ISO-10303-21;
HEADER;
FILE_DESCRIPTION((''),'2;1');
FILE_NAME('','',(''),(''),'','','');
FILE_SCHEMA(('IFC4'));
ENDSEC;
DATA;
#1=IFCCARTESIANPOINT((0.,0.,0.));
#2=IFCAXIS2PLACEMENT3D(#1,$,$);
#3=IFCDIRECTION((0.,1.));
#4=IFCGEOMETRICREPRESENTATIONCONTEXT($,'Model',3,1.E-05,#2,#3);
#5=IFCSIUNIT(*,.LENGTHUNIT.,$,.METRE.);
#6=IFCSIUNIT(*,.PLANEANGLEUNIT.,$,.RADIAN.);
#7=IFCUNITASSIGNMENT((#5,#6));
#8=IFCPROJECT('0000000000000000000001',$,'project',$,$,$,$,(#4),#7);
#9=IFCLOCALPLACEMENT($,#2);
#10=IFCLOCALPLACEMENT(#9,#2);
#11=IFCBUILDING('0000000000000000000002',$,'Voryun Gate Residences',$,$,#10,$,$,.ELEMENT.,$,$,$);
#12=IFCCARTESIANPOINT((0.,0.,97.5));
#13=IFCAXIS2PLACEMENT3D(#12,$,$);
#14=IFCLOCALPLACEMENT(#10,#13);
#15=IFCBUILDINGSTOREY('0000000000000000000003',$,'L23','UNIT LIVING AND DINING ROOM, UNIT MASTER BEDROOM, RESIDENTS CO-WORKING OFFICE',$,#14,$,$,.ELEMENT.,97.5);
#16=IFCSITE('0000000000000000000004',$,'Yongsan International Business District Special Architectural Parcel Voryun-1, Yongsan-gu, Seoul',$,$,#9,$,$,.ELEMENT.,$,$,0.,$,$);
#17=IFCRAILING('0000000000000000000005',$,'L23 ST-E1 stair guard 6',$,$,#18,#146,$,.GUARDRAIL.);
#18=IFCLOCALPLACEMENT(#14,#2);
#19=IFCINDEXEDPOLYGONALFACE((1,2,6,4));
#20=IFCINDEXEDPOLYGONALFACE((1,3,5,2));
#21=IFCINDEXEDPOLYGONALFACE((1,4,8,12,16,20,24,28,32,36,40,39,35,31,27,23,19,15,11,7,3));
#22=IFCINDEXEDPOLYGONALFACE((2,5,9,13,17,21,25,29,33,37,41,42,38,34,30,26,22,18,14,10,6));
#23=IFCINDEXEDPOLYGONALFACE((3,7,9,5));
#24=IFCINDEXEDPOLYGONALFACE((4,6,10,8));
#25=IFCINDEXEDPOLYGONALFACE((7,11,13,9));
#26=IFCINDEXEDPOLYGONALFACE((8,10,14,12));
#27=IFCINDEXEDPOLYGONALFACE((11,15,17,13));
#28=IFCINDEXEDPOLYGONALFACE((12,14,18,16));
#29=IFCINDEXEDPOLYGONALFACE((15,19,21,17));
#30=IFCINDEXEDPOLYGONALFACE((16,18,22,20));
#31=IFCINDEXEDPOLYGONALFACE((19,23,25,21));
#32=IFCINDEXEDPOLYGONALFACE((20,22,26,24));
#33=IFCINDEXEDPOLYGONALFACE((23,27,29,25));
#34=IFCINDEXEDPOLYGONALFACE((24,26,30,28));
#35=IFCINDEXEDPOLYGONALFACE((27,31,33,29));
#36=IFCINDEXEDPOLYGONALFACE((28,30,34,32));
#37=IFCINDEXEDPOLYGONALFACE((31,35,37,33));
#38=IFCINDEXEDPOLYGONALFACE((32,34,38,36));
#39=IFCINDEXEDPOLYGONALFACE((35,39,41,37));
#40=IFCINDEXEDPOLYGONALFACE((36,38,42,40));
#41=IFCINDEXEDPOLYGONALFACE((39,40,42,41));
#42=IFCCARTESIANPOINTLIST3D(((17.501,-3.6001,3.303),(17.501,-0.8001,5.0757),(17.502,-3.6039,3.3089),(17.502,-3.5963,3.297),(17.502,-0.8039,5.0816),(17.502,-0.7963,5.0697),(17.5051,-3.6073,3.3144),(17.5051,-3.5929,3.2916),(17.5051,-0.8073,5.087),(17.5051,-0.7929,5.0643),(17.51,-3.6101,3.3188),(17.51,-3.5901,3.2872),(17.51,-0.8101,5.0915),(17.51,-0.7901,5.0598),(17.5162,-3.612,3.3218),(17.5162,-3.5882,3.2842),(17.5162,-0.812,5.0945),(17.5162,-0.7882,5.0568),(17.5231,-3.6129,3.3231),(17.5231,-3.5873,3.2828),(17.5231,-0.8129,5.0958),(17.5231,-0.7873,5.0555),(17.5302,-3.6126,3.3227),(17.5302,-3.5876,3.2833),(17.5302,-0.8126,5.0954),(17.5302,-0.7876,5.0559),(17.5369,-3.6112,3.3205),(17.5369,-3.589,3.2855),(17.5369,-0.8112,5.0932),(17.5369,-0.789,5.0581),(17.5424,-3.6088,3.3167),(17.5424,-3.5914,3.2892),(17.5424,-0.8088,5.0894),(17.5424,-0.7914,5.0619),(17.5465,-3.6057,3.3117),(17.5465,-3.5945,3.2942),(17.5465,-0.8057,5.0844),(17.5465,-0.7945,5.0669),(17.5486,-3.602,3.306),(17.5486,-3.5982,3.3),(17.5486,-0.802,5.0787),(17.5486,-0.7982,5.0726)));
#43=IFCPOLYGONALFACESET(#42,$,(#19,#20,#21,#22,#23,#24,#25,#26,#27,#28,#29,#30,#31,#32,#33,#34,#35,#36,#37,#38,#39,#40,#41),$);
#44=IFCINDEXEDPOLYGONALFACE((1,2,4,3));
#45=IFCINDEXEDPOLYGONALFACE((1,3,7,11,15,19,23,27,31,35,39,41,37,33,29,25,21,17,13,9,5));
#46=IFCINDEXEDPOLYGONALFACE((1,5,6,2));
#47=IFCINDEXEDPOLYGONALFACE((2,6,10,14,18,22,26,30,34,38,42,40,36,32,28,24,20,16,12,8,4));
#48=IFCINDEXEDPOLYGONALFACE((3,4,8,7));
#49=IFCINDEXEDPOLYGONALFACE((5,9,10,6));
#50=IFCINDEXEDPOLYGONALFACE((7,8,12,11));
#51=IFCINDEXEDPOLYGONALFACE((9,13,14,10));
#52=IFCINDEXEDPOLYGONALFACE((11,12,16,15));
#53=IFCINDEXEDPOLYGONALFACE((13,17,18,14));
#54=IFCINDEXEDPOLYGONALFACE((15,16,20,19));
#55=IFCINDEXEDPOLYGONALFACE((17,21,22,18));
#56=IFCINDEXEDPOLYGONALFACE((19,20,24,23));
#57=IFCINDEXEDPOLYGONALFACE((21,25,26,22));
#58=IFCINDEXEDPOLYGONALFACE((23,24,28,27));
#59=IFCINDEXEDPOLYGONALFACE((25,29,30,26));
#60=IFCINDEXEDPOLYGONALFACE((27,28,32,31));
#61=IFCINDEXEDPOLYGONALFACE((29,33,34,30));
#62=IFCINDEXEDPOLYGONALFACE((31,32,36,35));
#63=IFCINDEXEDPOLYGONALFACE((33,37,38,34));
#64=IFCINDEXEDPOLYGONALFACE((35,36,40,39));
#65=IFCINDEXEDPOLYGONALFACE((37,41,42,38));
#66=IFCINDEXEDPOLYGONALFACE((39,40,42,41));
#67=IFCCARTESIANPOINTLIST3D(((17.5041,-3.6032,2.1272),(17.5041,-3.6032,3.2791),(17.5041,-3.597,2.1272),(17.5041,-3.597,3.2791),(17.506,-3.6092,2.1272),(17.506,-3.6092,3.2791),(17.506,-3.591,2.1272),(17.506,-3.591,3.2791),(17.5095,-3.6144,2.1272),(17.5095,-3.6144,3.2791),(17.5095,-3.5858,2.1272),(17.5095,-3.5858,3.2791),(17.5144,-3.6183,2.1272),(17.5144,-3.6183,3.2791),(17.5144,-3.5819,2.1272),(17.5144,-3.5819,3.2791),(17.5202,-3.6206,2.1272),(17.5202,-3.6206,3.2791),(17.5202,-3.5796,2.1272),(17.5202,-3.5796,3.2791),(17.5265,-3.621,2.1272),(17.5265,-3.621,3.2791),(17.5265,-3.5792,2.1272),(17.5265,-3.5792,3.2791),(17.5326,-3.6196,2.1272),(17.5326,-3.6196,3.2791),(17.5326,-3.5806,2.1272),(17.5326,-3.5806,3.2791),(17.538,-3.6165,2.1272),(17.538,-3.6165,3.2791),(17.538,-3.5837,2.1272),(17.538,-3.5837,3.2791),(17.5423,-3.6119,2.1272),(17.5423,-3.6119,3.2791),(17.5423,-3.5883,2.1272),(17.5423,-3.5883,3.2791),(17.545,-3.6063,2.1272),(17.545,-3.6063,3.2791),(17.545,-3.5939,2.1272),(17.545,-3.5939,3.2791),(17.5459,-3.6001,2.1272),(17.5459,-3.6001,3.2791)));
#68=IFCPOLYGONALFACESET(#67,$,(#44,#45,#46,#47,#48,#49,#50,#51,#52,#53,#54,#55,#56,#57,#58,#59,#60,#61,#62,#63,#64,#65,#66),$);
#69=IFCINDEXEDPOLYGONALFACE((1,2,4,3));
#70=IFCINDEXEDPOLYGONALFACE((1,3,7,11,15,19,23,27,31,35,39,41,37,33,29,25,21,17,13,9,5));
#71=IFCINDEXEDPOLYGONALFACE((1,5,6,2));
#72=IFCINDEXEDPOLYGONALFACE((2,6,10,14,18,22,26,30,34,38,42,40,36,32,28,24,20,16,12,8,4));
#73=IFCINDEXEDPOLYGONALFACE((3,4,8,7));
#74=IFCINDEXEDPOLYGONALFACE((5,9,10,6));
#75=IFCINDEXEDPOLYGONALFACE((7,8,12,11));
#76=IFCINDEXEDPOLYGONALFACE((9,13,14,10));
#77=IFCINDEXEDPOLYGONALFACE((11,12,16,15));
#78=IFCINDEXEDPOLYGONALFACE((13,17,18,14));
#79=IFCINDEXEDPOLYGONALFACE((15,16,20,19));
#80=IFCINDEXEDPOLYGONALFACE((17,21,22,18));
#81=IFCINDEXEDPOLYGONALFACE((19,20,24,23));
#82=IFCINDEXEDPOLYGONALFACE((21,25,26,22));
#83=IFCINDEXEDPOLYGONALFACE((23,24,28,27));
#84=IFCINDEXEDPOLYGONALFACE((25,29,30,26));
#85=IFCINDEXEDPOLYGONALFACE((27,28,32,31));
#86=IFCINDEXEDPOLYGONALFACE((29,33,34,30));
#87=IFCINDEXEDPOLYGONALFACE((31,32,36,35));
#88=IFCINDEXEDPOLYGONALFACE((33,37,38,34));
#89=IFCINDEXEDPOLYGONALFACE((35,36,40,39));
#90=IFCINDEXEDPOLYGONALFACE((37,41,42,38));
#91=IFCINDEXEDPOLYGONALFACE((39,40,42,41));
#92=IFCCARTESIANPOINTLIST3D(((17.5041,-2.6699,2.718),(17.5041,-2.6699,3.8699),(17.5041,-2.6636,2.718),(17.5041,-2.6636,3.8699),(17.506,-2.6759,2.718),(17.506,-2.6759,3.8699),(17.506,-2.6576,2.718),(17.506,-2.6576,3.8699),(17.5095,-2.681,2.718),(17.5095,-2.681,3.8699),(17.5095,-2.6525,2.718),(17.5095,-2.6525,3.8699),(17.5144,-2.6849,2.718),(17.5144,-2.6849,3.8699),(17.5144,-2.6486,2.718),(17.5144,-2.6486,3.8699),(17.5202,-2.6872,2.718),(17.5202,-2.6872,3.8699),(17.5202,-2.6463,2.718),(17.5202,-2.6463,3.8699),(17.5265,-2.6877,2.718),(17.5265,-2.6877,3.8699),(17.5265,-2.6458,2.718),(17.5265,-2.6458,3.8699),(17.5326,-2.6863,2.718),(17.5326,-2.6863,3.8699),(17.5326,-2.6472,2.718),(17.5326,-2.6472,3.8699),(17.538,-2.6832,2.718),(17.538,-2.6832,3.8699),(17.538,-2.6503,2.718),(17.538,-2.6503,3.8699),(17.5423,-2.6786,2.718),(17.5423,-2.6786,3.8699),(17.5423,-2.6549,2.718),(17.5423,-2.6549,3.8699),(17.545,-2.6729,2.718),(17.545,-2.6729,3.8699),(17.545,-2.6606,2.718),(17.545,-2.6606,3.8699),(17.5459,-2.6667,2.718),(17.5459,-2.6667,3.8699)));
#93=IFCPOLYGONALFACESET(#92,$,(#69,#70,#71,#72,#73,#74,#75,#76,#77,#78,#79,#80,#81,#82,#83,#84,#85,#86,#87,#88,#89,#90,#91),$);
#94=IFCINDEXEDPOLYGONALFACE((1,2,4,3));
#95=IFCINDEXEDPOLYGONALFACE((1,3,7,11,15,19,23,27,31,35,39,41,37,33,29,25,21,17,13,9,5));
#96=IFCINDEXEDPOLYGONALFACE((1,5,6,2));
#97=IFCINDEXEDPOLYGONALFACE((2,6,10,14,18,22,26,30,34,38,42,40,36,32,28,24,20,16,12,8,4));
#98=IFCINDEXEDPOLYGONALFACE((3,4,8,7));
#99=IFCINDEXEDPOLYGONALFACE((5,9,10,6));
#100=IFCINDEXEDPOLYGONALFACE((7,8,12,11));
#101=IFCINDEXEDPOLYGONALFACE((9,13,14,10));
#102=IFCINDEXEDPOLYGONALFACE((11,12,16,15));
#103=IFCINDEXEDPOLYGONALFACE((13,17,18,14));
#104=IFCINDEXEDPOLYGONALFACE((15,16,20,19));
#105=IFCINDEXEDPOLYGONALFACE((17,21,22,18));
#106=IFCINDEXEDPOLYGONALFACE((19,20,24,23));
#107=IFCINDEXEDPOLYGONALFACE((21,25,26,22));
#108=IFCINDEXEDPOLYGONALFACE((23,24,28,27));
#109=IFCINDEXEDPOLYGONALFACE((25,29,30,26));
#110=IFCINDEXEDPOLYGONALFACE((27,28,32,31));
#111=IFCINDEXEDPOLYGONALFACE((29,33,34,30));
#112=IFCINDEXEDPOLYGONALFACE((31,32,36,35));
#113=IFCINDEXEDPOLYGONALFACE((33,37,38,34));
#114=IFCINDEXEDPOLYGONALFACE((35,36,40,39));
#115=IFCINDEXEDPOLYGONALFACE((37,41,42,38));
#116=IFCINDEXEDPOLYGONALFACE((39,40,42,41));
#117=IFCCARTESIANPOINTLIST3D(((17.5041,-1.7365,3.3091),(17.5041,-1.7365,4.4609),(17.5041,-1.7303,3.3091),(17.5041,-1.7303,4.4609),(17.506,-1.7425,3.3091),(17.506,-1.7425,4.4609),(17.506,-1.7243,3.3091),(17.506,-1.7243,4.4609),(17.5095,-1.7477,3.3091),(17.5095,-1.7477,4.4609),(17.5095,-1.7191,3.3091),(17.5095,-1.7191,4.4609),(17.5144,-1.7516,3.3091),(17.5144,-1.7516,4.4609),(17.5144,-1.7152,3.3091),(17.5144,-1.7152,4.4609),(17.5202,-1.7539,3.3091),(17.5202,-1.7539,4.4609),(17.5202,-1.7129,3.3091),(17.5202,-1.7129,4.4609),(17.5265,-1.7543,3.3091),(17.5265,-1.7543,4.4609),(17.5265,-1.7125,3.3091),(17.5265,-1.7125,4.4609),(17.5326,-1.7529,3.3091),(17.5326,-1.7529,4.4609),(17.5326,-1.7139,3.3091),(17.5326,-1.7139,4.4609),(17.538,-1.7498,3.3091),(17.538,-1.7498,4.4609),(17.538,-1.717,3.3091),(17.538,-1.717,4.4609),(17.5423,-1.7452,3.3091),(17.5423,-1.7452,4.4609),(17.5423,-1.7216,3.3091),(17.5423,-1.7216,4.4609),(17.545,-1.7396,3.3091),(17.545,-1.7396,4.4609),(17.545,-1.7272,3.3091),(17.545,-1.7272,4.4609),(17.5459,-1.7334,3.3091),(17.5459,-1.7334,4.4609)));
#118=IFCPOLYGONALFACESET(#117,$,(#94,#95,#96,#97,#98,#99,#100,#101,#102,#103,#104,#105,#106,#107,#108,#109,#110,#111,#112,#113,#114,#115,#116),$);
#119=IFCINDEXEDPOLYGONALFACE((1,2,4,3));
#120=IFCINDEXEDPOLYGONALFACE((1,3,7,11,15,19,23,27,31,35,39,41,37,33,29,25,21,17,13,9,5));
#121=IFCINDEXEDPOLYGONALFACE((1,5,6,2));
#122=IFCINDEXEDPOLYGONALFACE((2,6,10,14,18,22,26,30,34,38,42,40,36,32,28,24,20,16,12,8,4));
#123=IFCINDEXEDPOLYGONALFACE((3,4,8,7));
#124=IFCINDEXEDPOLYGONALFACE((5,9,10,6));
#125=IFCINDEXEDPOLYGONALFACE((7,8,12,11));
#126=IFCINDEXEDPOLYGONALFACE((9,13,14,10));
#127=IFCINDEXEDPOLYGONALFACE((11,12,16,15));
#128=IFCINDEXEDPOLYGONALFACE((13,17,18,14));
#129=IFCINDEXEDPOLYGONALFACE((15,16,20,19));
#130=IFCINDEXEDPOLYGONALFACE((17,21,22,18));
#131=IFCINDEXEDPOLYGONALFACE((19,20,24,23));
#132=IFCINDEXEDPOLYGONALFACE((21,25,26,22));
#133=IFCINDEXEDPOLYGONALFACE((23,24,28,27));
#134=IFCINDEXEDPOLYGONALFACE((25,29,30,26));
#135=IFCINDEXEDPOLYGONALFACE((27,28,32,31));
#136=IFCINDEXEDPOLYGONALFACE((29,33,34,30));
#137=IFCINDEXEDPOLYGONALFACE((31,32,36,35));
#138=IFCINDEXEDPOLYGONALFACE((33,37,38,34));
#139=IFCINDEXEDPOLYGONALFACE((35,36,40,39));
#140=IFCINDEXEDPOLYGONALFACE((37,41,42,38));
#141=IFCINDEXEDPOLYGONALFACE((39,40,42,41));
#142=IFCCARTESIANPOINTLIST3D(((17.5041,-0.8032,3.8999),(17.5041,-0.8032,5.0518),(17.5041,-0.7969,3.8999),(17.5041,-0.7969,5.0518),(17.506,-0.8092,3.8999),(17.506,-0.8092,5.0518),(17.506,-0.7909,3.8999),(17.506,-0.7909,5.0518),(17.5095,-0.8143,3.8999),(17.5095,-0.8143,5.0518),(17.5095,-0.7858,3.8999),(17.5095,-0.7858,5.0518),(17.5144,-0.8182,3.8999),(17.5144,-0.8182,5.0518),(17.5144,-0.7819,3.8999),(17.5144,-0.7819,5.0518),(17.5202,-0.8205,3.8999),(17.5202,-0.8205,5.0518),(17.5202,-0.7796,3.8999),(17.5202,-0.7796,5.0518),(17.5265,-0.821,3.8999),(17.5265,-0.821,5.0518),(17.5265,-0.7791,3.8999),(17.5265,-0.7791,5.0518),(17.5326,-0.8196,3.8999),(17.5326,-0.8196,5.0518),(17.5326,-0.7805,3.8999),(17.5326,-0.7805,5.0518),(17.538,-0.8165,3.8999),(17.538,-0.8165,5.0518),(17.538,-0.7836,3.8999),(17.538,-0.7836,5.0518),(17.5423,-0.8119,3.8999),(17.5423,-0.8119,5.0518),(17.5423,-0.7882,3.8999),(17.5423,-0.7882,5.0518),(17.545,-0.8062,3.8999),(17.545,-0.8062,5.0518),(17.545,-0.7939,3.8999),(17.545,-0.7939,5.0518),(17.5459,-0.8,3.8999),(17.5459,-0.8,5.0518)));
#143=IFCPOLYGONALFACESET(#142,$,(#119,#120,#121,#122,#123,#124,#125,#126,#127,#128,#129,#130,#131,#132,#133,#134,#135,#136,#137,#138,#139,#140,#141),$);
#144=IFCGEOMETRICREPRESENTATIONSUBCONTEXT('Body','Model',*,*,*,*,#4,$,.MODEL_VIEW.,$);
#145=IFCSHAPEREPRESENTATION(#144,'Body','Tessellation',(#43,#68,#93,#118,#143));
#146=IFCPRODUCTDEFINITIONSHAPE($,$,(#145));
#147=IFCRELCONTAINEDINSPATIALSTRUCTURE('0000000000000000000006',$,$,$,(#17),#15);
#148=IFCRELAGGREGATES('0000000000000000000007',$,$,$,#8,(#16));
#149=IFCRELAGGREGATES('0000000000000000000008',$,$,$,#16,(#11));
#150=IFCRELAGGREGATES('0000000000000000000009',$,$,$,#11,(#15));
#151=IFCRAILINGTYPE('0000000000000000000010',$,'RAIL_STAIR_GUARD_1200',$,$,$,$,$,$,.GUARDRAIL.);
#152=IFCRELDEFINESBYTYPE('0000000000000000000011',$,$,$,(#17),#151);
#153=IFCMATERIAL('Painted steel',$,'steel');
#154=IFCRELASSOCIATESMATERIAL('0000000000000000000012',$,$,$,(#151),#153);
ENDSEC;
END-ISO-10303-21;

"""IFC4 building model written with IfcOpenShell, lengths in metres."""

from ifc_helpers import new_model, si_unit, direction, frame, origin, origin_2d, place, context, subcontext, project, spatial, circle, extrude, material, type_object, element, save


model = new_model("IFC4")

# Units and contexts
model_context = context("Model", 3, precision=1e-05, world=origin(), true_north=direction((0.0, 1.0)))
body_context = subcontext(model_context, "Body", "Model", "MODEL_VIEW")
ifc_project = project(units=[si_unit("LENGTHUNIT", "METRE"), si_unit("PLANEANGLEUNIT", "RADIAN")], contexts=[model_context])

# Site, building, storey
site_placement = place(None, origin())
site = spatial("IfcSite", under=ifc_project, at=site_placement, Name="Yongsan International Business District Special Architectural Parcel Voryun-1, Yongsan-gu, Seoul", CompositionType="ELEMENT", RefElevation=0.0)
building_placement = place(site_placement, origin())
building = spatial("IfcBuilding", under=site, at=building_placement, Name="Voryun Gate Residences", CompositionType="ELEMENT")
storey_placement = place(building_placement, frame((0.0, 0.0, 97.5)))
storey = spatial("IfcBuildingStorey", under=building, at=storey_placement, Name="L23", Description="UNIT LIVING AND DINING ROOM, UNIT MASTER BEDROOM, RESIDENTS CO-WORKING OFFICE", CompositionType="ELEMENT", Elevation=97.5)

# Railing
ifc_material_1 = material(Name="Painted steel", Category="steel")
railing_type_1 = type_object("IfcRailingType", Name="RAIL_STAIR_GUARD_1200", PredefinedType="GUARDRAIL", material=ifc_material_1)
railing_1_placement = place(storey_placement, frame((17.5249, -3.6001, 2.1272)))
element("IfcRailing", 1, at=railing_1_placement, inside=storey, type_object=railing_type_1, Name="L23 ST-E1 stair guard 6", PredefinedType="GUARDRAIL", context=body_context, shape_type="SweptSolid", body=[
    extrude(circle(Radius=0.0239, at=origin_2d()), frame((0.0, 0.0, 1.1758), z_axis=(0.0, 0.844909, 0.53491), x_axis=(-1.0, 0.0, 0.0)), (0.0, 0.0, 1.0), 3.314),
    extrude(circle(Radius=0.021, at=origin_2d()), origin(), (0.0, 0.0, 1.0), 1.1519),
    extrude(circle(Radius=0.021, at=origin_2d()), frame((0.0, 0.9333, 0.5908)), (0.0, 0.0, 1.0), 1.1519),
    extrude(circle(Radius=0.021, at=origin_2d()), frame((0.0, 1.8667, 1.1819)), (0.0, 0.0, 1.0), 1.1519),
    extrude(circle(Radius=0.021, at=origin_2d()), frame((0.0, 2.8, 1.7727)), (0.0, 0.0, 1.0), 1.1519),
])

save(model, "model.ifc")
